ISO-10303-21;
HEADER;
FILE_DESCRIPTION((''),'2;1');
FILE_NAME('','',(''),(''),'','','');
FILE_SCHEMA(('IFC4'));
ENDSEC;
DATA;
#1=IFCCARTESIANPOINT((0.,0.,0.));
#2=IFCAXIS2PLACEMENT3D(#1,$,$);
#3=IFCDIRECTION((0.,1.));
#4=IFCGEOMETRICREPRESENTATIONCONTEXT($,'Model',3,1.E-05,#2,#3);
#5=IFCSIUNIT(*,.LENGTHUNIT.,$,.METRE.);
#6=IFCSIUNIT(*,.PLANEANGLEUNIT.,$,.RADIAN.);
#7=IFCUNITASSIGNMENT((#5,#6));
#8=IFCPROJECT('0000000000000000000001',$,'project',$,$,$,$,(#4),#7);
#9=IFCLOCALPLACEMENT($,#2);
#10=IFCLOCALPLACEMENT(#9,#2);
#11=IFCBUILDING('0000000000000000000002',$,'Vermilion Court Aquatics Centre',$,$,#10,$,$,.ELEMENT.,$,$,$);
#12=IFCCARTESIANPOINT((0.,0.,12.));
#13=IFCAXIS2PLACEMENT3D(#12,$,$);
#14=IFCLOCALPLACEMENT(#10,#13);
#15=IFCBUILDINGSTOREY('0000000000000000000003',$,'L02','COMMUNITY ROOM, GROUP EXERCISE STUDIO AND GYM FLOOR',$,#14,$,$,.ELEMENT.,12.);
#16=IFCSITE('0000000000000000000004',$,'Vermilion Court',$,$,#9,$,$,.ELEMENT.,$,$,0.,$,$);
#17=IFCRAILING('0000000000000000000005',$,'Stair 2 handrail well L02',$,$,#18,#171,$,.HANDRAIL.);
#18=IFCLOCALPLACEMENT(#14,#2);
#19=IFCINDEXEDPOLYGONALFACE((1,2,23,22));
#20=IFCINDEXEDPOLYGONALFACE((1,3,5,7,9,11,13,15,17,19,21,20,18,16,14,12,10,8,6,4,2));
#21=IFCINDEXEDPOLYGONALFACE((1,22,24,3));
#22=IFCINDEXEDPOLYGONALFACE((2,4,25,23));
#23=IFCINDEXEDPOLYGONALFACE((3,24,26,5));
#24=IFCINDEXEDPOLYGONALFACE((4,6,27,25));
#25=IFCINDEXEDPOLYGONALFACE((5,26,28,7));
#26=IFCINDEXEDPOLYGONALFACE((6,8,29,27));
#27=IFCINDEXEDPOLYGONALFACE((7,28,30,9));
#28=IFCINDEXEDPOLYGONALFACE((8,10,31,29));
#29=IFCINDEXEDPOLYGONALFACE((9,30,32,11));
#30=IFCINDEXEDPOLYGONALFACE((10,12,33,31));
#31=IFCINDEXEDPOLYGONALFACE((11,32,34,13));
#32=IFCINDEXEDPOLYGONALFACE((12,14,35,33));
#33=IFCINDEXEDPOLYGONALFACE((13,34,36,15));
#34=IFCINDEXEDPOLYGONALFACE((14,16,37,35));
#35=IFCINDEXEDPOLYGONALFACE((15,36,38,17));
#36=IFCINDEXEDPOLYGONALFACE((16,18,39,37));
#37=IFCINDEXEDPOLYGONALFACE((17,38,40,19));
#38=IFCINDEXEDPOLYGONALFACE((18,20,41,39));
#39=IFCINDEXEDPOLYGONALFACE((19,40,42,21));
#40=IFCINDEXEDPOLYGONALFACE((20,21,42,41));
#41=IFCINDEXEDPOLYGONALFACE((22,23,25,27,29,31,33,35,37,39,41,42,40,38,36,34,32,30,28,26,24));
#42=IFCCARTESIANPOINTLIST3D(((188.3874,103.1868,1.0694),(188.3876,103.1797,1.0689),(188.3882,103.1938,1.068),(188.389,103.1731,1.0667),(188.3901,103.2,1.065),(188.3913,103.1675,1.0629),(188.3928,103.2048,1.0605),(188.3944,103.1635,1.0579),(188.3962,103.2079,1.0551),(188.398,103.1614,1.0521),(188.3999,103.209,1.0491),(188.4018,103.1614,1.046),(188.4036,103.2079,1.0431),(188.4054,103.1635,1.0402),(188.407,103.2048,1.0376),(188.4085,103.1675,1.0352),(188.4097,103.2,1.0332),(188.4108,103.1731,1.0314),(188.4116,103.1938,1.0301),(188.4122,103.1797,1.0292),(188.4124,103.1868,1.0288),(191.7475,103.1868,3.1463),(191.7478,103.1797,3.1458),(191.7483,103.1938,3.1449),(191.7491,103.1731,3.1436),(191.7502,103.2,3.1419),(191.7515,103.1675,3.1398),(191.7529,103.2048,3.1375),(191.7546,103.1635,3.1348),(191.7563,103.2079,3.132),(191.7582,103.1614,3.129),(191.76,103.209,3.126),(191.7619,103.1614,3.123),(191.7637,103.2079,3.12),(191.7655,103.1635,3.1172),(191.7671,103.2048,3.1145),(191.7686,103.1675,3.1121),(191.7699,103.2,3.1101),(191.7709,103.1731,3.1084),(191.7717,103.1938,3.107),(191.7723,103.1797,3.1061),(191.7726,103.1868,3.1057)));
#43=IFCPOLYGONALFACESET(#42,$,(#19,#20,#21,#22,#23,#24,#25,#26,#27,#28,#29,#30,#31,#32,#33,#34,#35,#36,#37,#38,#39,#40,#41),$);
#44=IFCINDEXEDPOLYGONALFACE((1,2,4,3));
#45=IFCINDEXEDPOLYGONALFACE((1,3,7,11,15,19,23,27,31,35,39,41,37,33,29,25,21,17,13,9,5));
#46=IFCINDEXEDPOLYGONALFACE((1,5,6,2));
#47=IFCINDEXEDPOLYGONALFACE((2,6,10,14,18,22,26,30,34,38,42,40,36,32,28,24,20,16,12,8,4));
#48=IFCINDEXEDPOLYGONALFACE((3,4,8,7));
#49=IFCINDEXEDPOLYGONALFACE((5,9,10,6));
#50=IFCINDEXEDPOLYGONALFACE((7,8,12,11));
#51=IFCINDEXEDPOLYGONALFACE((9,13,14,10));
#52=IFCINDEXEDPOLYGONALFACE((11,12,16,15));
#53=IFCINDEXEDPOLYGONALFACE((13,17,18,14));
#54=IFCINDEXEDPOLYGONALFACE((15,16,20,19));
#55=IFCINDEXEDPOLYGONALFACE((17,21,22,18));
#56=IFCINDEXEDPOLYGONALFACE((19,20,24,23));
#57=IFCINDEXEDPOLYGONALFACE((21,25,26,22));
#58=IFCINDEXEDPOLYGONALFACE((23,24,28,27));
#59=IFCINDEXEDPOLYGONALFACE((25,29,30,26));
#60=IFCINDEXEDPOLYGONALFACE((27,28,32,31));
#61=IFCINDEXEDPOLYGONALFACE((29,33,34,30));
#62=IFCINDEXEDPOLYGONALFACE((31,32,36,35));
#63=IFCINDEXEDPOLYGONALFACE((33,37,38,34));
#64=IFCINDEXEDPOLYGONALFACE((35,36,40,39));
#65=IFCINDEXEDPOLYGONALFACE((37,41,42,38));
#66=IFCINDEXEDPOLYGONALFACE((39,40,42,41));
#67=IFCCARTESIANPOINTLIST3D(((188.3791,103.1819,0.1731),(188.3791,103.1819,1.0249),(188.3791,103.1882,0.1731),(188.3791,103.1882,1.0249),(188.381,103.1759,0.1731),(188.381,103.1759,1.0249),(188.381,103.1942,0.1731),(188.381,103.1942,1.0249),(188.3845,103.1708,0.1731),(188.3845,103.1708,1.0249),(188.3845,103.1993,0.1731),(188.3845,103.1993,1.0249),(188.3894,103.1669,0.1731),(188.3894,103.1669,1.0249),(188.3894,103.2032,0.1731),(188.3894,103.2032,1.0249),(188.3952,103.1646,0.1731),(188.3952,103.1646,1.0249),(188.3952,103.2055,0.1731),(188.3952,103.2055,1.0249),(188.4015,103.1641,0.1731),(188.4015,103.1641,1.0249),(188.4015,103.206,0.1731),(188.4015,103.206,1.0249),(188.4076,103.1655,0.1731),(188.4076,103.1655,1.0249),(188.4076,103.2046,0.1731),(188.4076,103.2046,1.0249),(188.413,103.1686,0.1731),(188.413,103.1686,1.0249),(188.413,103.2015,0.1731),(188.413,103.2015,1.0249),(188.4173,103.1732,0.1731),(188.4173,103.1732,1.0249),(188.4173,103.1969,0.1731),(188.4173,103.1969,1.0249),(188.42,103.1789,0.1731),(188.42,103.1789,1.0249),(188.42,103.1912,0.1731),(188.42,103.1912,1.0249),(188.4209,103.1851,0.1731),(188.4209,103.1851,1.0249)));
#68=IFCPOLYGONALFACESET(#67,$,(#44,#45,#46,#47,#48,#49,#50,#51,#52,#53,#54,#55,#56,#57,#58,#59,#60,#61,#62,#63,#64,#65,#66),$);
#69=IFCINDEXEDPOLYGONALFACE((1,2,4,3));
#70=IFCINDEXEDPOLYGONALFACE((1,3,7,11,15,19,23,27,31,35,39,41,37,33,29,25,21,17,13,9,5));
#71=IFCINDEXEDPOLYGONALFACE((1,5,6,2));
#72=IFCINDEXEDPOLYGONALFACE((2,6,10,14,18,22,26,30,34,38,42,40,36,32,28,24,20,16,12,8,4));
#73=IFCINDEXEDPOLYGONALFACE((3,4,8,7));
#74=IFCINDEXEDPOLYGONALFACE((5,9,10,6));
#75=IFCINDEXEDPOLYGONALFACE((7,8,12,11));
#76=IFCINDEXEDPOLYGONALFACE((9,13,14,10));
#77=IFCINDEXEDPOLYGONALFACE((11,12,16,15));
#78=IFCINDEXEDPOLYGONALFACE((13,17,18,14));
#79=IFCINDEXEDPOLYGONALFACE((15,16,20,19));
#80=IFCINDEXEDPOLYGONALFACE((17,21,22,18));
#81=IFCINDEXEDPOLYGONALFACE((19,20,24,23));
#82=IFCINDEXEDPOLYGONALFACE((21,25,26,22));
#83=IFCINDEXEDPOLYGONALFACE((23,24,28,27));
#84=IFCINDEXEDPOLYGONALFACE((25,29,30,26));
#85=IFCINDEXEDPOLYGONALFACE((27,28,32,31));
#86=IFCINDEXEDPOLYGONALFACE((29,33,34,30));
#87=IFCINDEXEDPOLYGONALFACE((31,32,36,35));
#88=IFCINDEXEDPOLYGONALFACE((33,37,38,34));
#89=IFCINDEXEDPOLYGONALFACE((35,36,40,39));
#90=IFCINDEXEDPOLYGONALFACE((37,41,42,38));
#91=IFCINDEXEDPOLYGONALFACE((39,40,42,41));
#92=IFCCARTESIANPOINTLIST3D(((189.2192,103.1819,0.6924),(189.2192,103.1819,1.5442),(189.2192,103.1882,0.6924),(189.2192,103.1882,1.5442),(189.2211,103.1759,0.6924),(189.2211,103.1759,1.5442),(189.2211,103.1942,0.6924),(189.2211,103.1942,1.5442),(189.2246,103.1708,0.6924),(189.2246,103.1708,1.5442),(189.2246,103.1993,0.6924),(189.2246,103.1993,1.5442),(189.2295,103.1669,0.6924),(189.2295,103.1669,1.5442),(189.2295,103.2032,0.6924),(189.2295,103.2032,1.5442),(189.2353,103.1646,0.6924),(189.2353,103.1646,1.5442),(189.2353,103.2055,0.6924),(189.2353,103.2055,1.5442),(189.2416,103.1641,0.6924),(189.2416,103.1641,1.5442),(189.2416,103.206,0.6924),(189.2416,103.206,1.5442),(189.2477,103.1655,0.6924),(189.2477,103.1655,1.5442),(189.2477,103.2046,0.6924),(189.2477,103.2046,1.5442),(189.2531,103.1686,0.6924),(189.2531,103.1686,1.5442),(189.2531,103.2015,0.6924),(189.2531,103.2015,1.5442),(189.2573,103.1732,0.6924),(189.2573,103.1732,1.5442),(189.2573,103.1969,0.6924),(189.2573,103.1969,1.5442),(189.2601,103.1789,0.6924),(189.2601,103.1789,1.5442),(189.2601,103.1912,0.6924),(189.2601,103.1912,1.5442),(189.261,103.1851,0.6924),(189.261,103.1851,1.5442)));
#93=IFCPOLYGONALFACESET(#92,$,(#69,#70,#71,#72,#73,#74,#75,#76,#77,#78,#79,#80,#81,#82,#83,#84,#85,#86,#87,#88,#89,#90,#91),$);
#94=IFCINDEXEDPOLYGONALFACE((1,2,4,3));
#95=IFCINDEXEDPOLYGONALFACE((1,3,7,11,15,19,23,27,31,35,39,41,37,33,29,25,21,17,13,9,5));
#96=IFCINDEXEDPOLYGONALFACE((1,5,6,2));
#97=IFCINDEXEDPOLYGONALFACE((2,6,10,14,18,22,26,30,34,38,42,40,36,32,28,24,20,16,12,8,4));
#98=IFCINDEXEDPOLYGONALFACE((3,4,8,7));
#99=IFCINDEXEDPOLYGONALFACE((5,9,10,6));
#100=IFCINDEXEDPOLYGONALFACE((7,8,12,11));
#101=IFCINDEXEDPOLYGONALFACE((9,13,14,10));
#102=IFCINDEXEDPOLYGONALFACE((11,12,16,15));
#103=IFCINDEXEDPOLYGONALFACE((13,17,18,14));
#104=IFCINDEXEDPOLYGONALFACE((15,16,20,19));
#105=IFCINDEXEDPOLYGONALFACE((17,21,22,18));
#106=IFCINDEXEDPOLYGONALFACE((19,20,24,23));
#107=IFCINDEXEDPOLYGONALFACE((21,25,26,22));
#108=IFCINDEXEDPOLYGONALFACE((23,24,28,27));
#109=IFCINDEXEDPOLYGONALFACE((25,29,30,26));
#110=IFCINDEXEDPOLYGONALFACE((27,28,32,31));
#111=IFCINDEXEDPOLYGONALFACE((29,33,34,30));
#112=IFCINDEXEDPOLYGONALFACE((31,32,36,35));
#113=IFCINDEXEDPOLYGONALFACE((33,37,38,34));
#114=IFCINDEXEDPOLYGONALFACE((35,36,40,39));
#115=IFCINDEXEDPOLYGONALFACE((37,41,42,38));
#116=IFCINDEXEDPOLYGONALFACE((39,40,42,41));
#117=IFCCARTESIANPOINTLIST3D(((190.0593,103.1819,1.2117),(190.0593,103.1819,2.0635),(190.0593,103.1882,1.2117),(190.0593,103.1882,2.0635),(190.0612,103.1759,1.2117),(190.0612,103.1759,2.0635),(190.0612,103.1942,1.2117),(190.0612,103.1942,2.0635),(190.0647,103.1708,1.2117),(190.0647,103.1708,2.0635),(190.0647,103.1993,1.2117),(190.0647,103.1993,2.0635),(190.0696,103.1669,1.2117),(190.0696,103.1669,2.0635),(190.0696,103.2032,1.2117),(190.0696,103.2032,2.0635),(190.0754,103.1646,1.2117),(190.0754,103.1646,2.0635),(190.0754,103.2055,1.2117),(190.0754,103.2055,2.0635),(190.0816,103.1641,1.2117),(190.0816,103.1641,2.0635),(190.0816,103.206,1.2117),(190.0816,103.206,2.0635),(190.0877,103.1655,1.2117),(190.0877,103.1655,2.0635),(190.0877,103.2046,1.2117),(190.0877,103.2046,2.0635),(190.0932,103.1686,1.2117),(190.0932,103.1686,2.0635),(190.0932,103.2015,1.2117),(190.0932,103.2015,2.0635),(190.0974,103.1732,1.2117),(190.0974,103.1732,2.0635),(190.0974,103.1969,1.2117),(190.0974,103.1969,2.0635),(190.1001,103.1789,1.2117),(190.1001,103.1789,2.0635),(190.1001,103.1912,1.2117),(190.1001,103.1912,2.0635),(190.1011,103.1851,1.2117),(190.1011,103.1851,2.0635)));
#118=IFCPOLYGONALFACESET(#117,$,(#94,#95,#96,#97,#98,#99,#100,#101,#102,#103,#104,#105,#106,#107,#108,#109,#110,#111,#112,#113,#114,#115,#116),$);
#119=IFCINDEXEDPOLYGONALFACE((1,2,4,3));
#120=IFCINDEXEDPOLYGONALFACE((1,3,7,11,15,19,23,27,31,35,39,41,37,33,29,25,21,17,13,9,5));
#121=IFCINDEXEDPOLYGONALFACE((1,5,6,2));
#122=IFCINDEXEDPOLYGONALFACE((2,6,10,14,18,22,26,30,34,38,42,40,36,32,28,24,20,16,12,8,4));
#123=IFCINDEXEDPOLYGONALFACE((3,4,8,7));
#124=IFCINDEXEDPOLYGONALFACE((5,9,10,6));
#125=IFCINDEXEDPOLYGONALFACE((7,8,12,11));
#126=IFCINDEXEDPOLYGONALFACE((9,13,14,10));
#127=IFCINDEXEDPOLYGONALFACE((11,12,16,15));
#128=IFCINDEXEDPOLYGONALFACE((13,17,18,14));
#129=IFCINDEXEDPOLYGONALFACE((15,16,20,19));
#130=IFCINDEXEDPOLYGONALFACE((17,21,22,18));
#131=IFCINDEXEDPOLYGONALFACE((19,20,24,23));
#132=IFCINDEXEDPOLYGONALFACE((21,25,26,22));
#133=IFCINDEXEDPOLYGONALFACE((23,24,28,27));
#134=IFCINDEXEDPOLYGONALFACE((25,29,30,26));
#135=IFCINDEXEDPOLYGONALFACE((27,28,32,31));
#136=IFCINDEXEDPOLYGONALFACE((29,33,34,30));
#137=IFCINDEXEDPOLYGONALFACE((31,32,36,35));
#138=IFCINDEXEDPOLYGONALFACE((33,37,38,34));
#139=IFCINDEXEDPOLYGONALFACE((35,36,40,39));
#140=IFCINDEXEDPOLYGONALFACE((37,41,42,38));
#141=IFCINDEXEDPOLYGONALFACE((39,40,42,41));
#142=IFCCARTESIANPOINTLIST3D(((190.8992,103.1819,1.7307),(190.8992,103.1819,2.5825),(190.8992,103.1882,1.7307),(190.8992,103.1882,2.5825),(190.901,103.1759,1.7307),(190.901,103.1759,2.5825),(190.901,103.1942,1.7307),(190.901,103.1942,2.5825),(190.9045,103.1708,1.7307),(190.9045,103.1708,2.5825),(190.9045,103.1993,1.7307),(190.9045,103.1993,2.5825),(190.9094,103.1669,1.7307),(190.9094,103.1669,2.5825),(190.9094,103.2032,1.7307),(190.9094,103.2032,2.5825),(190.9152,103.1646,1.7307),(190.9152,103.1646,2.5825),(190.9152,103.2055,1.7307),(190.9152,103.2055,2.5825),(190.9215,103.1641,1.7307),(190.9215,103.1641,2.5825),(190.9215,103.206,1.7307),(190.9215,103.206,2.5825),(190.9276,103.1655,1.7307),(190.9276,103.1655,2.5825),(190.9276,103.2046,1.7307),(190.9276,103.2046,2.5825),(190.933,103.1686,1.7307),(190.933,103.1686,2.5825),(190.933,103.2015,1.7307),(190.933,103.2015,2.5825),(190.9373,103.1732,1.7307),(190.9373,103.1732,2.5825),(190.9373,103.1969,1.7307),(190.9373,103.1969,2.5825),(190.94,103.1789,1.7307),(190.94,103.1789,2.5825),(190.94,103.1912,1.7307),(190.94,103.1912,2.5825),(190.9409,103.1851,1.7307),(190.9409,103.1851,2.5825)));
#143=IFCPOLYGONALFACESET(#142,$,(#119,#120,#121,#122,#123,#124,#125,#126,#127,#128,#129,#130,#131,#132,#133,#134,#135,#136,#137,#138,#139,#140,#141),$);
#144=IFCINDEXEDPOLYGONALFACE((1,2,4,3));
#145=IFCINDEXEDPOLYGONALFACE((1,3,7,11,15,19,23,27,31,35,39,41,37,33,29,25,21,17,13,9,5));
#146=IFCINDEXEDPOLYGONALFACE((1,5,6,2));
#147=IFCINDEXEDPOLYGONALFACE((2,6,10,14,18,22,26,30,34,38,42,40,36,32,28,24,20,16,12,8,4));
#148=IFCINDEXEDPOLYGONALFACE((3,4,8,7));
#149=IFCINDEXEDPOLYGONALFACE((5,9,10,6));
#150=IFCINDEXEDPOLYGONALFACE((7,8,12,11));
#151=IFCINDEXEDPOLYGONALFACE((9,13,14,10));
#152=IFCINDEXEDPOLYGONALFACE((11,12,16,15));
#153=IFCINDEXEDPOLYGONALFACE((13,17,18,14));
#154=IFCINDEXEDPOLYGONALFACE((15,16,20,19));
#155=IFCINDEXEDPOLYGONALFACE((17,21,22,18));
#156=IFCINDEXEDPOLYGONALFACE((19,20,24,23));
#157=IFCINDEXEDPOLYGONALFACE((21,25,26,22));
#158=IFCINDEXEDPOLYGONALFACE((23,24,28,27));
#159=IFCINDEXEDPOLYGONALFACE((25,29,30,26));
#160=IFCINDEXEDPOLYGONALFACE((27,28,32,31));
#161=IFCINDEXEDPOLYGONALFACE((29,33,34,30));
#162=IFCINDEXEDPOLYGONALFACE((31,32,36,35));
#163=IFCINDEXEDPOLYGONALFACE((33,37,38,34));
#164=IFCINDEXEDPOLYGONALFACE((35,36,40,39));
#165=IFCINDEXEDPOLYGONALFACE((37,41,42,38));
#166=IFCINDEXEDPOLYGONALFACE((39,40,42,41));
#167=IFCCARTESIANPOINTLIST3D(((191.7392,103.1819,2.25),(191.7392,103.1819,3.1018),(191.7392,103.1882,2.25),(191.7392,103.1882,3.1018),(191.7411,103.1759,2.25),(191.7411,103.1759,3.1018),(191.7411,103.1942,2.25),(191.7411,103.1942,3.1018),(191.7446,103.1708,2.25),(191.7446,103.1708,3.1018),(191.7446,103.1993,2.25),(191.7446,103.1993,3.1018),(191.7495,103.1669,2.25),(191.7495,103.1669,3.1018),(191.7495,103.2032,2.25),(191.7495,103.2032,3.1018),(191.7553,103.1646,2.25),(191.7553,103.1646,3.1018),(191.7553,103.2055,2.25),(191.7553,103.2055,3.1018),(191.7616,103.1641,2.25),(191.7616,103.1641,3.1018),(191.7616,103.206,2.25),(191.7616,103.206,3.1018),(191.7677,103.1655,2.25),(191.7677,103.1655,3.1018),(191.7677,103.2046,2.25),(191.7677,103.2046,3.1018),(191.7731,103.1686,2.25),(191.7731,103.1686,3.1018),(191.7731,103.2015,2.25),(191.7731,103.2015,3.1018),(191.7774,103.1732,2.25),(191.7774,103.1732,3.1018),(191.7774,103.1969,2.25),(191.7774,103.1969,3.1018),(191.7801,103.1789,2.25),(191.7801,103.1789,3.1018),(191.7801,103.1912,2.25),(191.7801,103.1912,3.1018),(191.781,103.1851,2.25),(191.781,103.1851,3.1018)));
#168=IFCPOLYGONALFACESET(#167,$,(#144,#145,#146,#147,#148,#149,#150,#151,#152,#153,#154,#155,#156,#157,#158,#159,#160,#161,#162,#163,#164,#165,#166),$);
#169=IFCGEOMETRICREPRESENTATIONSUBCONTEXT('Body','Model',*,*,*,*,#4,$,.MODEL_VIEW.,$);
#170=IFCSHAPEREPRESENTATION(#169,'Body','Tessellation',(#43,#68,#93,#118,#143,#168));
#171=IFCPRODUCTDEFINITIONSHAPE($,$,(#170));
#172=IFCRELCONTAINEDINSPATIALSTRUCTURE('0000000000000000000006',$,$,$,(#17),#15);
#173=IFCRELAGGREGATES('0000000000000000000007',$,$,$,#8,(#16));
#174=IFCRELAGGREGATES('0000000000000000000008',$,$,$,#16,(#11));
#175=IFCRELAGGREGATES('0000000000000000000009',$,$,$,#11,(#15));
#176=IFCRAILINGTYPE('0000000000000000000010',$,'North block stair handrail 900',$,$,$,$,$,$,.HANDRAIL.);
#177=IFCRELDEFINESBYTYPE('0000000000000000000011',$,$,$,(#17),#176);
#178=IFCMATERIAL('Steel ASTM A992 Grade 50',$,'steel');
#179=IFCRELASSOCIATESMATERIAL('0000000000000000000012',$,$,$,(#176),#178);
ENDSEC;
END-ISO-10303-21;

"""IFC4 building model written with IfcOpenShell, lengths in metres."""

from ifc_helpers import new_model, si_unit, direction, frame, origin, origin_2d, place, context, subcontext, project, spatial, circle, extrude, material, type_object, element, save


model = new_model("IFC4")

# Units and contexts
model_context = context("Model", 3, precision=1e-05, world=origin(), true_north=direction((0.0, 1.0)))
body_context = subcontext(model_context, "Body", "Model", "MODEL_VIEW")
ifc_project = project(units=[si_unit("LENGTHUNIT", "METRE"), si_unit("PLANEANGLEUNIT", "RADIAN")], contexts=[model_context])

# Site, building, storey
site_placement = place(None, origin())
site = spatial("IfcSite", under=ifc_project, at=site_placement, Name="Vermilion Court", CompositionType="ELEMENT", RefElevation=0.0)
building_placement = place(site_placement, origin())
building = spatial("IfcBuilding", under=site, at=building_placement, Name="Vermilion Court Aquatics Centre", CompositionType="ELEMENT")
storey_placement = place(building_placement, frame((0.0, 0.0, 12.0)))
storey = spatial("IfcBuildingStorey", under=building, at=storey_placement, Name="L02", Description="COMMUNITY ROOM, GROUP EXERCISE STUDIO AND GYM FLOOR", CompositionType="ELEMENT", Elevation=12.0)

# Railing
ifc_material_1 = material(Name="Steel ASTM A992 Grade 50", Category="steel")
railing_type_1 = type_object("IfcRailingType", Name="North block stair handrail 900", PredefinedType="HANDRAIL", material=ifc_material_1)
for number, where, name in (
    (1, (188.3999, 103.1851, 0.1731), "Stair 2 handrail well L02"),
):
    element("IfcRailing", number, at=place(storey_placement, frame(where)), inside=storey, type_object=railing_type_1, Name=name, PredefinedType="HANDRAIL", context=body_context, shape_type="SweptSolid", body=[
        extrude(circle(Radius=0.0239, at=origin_2d()), frame((0.0, 0.0, 0.876), z_axis=(0.850623, 0.0, 0.525776), x_axis=(0.0, 1.0, 0.0)), (0.0, 0.0, 1.0), 3.9502),
        extrude(circle(Radius=0.021, at=origin_2d()), origin(), (0.0, 0.0, 1.0), 0.8518),
        extrude(circle(Radius=0.021, at=origin_2d()), frame((0.8401, 0.0, 0.5193)), (0.0, 0.0, 1.0), 0.8518),
        extrude(circle(Radius=0.021, at=origin_2d()), frame((1.6802, 0.0, 1.0386)), (0.0, 0.0, 1.0), 0.8518),
        extrude(circle(Radius=0.021, at=origin_2d()), frame((2.52, 0.0, 1.5576)), (0.0, 0.0, 1.0), 0.8518),
        extrude(circle(Radius=0.021, at=origin_2d()), frame((3.3601, 0.0, 2.0769)), (0.0, 0.0, 1.0), 0.8518),
    ])

save(model, "model.ifc")
